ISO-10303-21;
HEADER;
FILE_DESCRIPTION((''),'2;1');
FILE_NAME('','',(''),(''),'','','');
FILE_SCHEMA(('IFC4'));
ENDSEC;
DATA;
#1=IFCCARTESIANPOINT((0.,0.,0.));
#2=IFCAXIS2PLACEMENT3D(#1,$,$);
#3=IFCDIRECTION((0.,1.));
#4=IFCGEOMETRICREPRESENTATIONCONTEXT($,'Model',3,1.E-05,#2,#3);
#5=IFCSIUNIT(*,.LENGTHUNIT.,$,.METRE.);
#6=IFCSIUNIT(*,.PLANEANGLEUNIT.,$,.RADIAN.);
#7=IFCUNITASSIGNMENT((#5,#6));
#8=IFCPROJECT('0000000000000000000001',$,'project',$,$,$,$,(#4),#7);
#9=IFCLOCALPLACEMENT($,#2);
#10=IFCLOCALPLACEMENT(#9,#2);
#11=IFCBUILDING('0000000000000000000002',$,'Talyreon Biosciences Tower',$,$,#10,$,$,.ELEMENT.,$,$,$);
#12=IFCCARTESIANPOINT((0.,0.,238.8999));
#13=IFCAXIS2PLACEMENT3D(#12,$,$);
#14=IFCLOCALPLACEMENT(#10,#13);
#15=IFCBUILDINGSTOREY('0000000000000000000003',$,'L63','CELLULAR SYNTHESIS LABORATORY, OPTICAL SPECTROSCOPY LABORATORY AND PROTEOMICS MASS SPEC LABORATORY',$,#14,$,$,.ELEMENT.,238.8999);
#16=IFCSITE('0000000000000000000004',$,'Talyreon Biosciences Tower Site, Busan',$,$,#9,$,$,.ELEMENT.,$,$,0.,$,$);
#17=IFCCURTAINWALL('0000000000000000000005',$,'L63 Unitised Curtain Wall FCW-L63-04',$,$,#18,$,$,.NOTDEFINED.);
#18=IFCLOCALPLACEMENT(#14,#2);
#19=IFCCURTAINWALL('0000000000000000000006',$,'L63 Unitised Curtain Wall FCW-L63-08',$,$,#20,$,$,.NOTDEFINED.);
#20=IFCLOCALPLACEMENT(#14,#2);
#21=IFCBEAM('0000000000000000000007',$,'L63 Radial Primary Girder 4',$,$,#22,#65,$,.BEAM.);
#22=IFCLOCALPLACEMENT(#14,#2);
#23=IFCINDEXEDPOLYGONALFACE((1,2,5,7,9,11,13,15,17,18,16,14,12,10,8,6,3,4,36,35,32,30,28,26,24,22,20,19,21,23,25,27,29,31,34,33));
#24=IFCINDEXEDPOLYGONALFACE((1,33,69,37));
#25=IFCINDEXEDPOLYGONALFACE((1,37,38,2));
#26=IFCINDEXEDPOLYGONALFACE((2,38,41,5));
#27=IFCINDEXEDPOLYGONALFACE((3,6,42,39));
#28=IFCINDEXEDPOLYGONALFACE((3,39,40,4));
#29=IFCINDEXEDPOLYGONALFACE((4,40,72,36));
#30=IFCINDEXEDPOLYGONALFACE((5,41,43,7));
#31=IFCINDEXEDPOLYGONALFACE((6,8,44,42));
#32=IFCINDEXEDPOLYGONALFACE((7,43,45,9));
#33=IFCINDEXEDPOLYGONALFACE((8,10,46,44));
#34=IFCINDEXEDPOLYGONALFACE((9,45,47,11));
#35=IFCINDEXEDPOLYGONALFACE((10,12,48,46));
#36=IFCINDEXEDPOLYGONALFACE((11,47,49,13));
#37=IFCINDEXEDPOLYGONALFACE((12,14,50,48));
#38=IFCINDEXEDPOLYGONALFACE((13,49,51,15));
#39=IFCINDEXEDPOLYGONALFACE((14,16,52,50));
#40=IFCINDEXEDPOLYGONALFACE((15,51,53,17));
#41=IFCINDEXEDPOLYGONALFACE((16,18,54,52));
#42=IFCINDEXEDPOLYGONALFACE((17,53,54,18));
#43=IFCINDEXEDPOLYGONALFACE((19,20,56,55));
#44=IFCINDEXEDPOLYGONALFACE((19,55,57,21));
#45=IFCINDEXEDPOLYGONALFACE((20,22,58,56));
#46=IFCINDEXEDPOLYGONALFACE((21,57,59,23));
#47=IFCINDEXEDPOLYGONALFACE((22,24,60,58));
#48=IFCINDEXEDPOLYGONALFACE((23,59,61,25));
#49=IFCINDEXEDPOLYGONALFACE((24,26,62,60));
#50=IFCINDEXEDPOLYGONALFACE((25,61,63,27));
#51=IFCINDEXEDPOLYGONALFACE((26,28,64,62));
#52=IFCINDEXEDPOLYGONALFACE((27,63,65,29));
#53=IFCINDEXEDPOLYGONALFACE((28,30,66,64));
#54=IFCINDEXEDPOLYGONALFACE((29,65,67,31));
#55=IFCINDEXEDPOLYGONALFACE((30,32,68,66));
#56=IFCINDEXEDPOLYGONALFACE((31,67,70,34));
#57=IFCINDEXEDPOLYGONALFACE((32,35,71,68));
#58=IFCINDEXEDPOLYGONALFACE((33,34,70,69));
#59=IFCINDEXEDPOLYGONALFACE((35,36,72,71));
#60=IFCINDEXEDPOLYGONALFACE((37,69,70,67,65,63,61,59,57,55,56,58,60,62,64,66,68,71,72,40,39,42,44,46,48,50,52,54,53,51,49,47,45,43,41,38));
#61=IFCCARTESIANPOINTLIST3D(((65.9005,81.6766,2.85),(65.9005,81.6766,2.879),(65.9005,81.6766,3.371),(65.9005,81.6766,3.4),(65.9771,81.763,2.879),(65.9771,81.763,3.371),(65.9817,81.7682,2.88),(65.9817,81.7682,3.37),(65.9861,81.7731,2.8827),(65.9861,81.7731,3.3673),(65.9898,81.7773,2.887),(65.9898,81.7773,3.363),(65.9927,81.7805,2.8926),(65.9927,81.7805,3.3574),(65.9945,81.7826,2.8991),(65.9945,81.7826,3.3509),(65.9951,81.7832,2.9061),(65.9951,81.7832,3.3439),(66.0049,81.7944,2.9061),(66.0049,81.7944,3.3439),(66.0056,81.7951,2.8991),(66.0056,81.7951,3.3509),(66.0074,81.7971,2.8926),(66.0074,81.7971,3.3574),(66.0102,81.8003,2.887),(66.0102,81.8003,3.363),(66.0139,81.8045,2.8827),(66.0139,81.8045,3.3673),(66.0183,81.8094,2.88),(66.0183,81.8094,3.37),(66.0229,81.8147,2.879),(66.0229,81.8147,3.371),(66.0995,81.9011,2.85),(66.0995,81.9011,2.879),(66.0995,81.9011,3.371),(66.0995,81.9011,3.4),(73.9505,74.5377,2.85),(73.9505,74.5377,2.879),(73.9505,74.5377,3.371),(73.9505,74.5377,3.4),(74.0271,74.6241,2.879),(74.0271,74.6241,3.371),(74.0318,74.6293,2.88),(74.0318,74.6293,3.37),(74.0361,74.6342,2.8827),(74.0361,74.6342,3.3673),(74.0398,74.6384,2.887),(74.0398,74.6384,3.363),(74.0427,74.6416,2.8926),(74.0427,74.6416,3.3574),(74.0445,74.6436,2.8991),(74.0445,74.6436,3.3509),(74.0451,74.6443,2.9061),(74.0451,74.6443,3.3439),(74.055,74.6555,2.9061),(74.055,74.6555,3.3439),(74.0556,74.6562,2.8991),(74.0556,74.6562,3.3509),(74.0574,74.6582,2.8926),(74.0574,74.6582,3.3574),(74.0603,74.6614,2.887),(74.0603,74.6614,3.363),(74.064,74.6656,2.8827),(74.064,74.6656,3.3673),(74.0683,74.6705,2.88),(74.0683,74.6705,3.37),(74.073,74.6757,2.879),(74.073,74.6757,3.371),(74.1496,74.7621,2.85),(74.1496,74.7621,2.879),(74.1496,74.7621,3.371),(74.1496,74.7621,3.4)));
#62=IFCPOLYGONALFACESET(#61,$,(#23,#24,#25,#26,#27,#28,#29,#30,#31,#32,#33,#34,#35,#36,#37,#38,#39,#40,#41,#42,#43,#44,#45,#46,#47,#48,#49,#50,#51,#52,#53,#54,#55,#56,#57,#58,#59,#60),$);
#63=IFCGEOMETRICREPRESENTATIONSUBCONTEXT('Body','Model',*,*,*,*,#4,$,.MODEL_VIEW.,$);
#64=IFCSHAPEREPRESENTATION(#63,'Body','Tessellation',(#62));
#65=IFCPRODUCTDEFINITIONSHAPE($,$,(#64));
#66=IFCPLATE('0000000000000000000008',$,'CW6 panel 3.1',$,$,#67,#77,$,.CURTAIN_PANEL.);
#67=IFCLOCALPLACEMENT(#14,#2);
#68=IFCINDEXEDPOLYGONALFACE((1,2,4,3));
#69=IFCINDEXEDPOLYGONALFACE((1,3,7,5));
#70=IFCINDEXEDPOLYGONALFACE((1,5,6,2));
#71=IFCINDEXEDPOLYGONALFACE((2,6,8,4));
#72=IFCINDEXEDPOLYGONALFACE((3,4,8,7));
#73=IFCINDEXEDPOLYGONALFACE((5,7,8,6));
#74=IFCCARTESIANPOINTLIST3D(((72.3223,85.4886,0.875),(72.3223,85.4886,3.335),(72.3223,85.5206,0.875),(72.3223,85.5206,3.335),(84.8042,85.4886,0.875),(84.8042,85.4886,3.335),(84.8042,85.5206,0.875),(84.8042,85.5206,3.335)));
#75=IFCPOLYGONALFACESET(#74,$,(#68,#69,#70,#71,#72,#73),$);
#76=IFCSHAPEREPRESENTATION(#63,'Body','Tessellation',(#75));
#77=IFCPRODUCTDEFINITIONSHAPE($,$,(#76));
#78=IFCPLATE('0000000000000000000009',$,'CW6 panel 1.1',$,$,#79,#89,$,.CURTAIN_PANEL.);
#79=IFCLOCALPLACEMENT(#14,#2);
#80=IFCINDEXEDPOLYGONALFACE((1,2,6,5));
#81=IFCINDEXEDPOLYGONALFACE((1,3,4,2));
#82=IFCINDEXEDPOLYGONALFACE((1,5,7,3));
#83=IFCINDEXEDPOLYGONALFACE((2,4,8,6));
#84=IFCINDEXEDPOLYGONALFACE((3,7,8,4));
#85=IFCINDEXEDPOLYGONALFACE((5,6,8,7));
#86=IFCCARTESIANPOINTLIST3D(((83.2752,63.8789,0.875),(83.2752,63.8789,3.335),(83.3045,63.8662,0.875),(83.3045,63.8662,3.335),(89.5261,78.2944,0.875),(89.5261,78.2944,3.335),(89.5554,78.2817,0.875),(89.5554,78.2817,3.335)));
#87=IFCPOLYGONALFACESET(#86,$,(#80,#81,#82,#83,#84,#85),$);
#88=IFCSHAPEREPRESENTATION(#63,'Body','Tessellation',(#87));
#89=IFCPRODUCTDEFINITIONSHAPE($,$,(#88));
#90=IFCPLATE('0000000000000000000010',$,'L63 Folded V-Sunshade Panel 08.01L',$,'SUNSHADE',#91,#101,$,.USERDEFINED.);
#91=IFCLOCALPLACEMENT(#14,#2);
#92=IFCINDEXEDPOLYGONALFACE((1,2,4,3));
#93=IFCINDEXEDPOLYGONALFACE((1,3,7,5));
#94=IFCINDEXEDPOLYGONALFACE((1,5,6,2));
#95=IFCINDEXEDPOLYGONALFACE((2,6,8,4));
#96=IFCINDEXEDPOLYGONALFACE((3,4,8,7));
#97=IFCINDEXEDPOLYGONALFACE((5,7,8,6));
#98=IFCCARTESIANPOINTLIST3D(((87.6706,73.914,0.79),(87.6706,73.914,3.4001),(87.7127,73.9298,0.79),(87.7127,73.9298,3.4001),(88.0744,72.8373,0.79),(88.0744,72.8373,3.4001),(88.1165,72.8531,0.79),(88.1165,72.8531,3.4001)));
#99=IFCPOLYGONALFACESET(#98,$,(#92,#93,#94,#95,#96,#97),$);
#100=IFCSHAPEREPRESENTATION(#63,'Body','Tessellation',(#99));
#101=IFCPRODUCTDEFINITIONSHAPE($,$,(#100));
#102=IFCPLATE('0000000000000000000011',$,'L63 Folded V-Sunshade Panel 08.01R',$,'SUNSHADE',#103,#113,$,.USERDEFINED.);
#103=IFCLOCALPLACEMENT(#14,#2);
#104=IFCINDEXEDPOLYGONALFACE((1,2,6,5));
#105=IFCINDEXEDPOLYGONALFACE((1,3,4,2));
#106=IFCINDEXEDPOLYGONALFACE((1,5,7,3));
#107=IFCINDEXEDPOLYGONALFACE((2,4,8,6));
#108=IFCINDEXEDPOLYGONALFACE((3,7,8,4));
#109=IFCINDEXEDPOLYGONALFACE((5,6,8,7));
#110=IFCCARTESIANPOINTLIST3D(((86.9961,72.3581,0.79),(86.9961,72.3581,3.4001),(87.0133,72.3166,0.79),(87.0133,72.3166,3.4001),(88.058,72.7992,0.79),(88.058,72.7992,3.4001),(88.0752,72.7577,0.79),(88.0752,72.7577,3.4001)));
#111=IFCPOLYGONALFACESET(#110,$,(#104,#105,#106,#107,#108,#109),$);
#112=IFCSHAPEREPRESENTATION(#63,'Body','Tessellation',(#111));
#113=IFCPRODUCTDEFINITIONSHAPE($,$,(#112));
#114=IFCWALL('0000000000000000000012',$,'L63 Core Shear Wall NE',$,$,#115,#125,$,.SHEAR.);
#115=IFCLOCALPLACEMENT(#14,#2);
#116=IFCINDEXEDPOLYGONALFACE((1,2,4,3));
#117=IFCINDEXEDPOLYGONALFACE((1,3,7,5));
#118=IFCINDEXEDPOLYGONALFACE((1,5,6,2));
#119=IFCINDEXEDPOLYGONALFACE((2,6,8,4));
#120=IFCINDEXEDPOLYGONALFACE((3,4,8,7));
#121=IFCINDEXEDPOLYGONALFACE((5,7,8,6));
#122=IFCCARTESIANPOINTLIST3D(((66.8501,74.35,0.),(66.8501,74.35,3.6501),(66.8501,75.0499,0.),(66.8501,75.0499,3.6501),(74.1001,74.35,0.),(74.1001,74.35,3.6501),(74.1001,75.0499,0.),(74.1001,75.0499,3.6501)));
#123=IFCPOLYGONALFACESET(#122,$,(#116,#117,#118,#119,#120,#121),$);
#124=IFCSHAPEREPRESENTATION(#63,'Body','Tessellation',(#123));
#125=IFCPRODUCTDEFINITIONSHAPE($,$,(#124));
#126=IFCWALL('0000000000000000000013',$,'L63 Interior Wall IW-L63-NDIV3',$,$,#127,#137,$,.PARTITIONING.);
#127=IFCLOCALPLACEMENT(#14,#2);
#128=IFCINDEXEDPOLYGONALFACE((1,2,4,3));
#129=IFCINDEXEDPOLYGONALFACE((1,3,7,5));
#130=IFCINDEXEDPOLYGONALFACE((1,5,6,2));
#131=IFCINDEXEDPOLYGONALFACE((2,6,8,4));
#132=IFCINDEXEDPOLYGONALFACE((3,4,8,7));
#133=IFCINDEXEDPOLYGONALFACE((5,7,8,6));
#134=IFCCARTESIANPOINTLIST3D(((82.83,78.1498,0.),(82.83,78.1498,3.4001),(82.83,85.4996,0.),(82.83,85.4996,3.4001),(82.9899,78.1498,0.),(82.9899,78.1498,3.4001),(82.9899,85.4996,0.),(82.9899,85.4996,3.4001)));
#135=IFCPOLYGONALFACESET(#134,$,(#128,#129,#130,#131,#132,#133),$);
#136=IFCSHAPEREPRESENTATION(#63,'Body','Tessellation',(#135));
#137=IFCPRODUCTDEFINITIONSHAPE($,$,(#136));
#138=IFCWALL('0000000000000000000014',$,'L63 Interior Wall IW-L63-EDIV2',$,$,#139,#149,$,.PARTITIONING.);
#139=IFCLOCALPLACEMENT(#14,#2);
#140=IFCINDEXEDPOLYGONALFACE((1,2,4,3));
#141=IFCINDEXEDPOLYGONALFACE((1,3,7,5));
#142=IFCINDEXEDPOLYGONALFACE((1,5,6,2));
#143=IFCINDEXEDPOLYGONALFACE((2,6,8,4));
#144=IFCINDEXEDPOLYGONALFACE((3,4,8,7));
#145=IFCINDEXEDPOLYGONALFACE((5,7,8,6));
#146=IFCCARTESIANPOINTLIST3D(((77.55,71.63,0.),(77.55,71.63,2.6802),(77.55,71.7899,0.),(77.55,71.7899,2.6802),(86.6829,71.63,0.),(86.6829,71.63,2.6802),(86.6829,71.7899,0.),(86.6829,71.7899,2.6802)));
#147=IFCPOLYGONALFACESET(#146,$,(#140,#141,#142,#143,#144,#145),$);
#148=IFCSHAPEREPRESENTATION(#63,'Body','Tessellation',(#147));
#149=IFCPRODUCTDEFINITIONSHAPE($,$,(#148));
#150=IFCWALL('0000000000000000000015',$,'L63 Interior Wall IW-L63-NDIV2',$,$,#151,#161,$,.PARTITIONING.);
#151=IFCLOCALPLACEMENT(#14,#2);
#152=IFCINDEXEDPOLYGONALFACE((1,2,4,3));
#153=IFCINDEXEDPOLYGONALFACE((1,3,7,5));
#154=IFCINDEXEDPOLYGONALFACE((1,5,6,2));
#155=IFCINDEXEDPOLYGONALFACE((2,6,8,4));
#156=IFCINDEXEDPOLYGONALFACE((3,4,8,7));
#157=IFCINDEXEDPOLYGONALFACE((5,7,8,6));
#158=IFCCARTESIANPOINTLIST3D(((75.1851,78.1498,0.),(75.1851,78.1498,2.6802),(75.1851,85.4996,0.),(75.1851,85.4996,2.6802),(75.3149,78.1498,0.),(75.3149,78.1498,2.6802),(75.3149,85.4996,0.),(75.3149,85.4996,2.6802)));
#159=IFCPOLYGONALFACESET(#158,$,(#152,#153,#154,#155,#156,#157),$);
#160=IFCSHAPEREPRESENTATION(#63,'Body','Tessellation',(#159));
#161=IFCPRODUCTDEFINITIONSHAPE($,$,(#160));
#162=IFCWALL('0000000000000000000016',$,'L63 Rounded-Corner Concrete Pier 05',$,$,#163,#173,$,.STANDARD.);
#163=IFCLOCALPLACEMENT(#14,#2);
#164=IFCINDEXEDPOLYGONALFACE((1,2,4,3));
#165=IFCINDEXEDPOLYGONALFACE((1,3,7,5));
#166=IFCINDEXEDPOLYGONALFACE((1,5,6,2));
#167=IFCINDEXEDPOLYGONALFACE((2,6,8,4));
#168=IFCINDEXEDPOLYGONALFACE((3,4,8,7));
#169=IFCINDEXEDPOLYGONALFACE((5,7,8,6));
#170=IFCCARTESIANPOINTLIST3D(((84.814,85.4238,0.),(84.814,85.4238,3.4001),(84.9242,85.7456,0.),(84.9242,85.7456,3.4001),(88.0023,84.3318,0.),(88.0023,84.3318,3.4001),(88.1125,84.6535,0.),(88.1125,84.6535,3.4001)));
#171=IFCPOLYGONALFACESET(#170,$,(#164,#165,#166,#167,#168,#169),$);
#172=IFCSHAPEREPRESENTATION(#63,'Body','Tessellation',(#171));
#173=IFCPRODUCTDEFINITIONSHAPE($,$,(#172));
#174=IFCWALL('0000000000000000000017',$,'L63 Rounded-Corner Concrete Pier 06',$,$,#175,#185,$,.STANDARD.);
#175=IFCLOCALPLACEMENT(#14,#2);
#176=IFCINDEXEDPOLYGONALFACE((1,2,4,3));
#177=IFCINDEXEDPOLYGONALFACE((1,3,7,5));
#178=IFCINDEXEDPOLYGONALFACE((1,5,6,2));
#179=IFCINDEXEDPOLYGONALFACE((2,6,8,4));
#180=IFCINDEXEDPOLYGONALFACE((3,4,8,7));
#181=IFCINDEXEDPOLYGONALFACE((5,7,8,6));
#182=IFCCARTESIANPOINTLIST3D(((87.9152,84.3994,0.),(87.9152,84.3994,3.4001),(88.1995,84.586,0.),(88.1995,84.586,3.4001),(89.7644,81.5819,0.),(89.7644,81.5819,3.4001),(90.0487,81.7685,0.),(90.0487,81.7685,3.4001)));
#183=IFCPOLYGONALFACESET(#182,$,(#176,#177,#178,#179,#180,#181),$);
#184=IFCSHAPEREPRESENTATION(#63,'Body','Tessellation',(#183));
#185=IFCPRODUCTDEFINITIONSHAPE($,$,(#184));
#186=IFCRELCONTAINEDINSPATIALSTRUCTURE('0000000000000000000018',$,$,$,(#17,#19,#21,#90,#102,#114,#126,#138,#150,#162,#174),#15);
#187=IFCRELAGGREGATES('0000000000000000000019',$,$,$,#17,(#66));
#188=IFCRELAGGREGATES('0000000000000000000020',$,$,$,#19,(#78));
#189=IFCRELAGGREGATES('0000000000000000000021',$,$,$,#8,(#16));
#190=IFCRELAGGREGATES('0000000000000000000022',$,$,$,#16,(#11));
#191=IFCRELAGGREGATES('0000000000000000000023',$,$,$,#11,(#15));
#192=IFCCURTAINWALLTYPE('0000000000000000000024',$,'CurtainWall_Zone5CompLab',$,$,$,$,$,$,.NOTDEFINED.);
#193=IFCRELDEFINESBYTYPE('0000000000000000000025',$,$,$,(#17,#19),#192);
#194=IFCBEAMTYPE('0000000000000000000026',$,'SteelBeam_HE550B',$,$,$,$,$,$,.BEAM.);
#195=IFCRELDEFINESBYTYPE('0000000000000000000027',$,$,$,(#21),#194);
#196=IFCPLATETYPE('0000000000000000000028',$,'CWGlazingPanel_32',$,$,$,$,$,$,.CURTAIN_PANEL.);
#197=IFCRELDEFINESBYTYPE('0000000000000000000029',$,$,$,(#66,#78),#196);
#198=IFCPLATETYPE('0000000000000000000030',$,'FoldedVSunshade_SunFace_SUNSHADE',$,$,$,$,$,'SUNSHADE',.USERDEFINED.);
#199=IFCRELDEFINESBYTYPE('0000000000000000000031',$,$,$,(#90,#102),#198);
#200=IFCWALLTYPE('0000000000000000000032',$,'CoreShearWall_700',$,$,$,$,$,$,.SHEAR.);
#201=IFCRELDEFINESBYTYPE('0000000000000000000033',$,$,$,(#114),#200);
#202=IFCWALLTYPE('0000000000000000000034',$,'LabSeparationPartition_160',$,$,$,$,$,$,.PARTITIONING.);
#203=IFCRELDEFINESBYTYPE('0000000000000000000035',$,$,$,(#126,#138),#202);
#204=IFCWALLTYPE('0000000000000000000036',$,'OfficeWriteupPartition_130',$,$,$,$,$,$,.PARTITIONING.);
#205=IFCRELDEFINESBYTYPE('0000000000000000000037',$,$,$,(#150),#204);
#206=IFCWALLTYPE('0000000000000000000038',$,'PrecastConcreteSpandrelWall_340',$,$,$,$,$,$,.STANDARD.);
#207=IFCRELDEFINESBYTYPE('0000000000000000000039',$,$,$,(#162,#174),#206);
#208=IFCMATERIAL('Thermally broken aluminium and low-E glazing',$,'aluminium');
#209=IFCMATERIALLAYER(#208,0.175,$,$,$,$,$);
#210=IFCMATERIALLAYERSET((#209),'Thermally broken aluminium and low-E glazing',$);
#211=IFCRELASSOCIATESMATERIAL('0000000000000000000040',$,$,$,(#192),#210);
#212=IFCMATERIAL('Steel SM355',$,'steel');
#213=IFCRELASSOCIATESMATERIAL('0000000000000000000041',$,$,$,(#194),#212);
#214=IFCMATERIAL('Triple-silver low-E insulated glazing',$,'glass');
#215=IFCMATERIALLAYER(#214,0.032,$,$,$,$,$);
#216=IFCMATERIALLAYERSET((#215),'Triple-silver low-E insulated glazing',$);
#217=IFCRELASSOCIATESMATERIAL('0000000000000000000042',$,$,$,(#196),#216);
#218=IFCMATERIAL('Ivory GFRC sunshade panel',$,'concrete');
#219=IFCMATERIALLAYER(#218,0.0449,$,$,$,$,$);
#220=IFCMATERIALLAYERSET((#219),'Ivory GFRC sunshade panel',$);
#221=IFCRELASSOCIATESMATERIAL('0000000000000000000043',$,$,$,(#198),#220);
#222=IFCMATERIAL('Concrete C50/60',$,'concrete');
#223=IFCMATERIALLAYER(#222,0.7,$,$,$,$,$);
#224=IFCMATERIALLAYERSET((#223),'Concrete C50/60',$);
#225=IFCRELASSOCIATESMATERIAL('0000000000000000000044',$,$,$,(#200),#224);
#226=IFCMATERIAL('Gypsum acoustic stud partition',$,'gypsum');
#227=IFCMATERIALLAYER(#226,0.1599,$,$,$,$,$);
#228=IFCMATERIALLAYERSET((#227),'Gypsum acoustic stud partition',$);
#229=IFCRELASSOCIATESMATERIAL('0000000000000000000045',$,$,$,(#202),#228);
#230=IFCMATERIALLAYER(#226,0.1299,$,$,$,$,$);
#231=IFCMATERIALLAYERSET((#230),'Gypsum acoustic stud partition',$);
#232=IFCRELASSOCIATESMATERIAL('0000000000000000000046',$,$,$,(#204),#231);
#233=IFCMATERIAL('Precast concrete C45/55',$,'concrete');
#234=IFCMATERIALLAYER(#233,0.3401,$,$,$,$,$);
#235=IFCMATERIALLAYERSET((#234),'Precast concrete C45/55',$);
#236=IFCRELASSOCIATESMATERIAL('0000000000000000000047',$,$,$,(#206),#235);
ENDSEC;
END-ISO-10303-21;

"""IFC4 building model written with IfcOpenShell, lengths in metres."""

from ifc_helpers import new_model, si_unit, direction, frame, frame_2d, origin, origin_2d, place, context, subcontext, project, spatial, rectangle, i_section, extrude, material, layer, layer_set, material_profile, profile_set, type_object, element, aggregate, save


model = new_model("IFC4")

# Units and contexts
model_context = context("Model", 3, precision=1e-05, world=origin(), true_north=direction((0.0, 1.0)))
body_context = subcontext(model_context, "Body", "Model", "MODEL_VIEW")
ifc_project = project(units=[si_unit("LENGTHUNIT", "METRE"), si_unit("PLANEANGLEUNIT", "RADIAN")], contexts=[model_context])

# Site, building, storey
site_placement = place(None, origin())
site = spatial("IfcSite", under=ifc_project, at=site_placement, Name="Talyreon Biosciences Tower Site, Busan", CompositionType="ELEMENT", RefElevation=0.0)
building_placement = place(site_placement, origin())
building = spatial("IfcBuilding", under=site, at=building_placement, Name="Talyreon Biosciences Tower", CompositionType="ELEMENT")
storey_placement = place(building_placement, frame((0.0, 0.0, 238.8999)))
storey = spatial("IfcBuildingStorey", under=building, at=storey_placement, Name="L63", Description="CELLULAR SYNTHESIS LABORATORY, OPTICAL SPECTROSCOPY LABORATORY AND PROTEOMICS MASS SPEC LABORATORY", CompositionType="ELEMENT", Elevation=238.8999)

# Shared definitions
ifc_material_1 = material(Name="Concrete C50/60", Category="concrete")

# Curtain wall
ifc_material_2 = material(Name="Thermally broken aluminium and low-E glazing", Category="aluminium")
ifc_layer_1 = layer(ifc_material_2, 0.175)
ifc_layer_set_1 = layer_set([ifc_layer_1], Name="Thermally broken aluminium and low-E glazing")
curtain_wall_type = type_object("IfcCurtainWallType", Name="CurtainWall_Zone5CompLab", PredefinedType="NOTDEFINED", material=ifc_layer_set_1)
curtain_wall_1_placement = place(storey_placement, origin())
curtain_wall_1 = element("IfcCurtainWall", 1, at=curtain_wall_1_placement, inside=storey, type_object=curtain_wall_type, Name="L63 Unitised Curtain Wall FCW-L63-04", PredefinedType="NOTDEFINED")

# Curtain wall
curtain_wall_2_placement = place(storey_placement, origin())
curtain_wall_2 = element("IfcCurtainWall", 2, at=curtain_wall_2_placement, inside=storey, type_object=curtain_wall_type, Name="L63 Unitised Curtain Wall FCW-L63-08", PredefinedType="NOTDEFINED")

# Beam
ifc_material_3 = material(Name="Precast concrete C45/55", Category="concrete")
ifc_material_4 = material(Name="Steel SM355", Category="steel")
ifc_material_profile_1 = material_profile(ifc_material_4, i_section(OverallWidth=0.3, OverallDepth=0.55, WebThickness=0.0149, FlangeThickness=0.0291, FilletRadius=0.0271, at=origin_2d()), Name="HE550B")
ifc_profile_set_1 = profile_set([ifc_material_profile_1], Name="Steel SM355")
beam_type_1 = type_object("IfcBeamType", Name="SteelBeam_HE550B", PredefinedType="BEAM", material=ifc_profile_set_1)
beam_1_placement = place(storey_placement, frame((74.05, 74.6499, 3.125), z_axis=(-0.748179, 0.663497, 0.0), x_axis=(-0.663497, -0.748179, 0.0)))
element("IfcBeam", 3, at=beam_1_placement, inside=storey, type_object=beam_type_1, Name="L63 Radial Primary Girder 4", PredefinedType="BEAM", context=body_context, shape_type="SweptSolid", body=[
    extrude(i_section(OverallWidth=0.3, OverallDepth=0.55, WebThickness=0.0149, FlangeThickness=0.0291, FilletRadius=0.0271, at=origin_2d()), origin(), (0.0, 0.0, 1.0), 10.7595),
])

# Plates
ifc_material_5 = material(Name="Triple-silver low-E insulated glazing", Category="glass")
ifc_layer_2 = layer(ifc_material_5, 0.032)
ifc_layer_set_2 = layer_set([ifc_layer_2], Name="Triple-silver low-E insulated glazing")
plate_type_1 = type_object("IfcPlateType", Name="CWGlazingPanel_32", PredefinedType="CURTAIN_PANEL", material=ifc_layer_set_2)
plate_1_placement = place(storey_placement, frame((78.5632, 85.5046, 0.875), z_axis=(0.0, 0.0, 1.0), x_axis=(1.0, 0.0, 0.0)))
plate_1 = element("IfcPlate", 4, at=plate_1_placement, type_object=plate_type_1, Name="CW6 panel 3.1", PredefinedType="CURTAIN_PANEL", context=body_context, shape_type="SweptSolid", body=[
    extrude(rectangle(XDim=12.4819, YDim=0.032, at=origin_2d()), origin(), (0.0, 0.0, 1.0), 2.46),
])
aggregate(curtain_wall_1, [plate_1])
plate_2_placement = place(storey_placement, frame((86.4153, 71.0803, 0.875), z_axis=(0.0, 0.0, 1.0), x_axis=(-0.397832, -0.917458, 0.0)))
plate_2 = element("IfcPlate", 5, at=plate_2_placement, type_object=plate_type_1, Name="CW6 panel 1.1", PredefinedType="CURTAIN_PANEL", context=body_context, shape_type="SweptSolid", body=[
    extrude(rectangle(XDim=15.7124, YDim=0.032, at=origin_2d()), origin(), (0.0, 0.0, 1.0), 2.46),
])
aggregate(curtain_wall_2, [plate_2])

# Plates
ifc_material_6 = material(Name="Ivory GFRC sunshade panel", Category="concrete")
ifc_layer_3 = layer(ifc_material_6, 0.0449)
ifc_layer_set_3 = layer_set([ifc_layer_3], Name="Ivory GFRC sunshade panel")
plate_type_2 = type_object("IfcPlateType", Name="FoldedVSunshade_SunFace_SUNSHADE", ElementType="SUNSHADE", PredefinedType="USERDEFINED", material=ifc_layer_set_3)
for number, where, z_axis, x_axis, name in (
    (6, (87.8936, 73.3835, 0.79), (0.0, 0.0, 1.0), (0.351139, -0.936323, 0.0), "L63 Folded V-Sunshade Panel 08.01L"),
    (7, (87.5356, 72.5579, 0.79), (0.0, 0.0, 1.0), (-0.923498, -0.383602, 0.0), "L63 Folded V-Sunshade Panel 08.01R"),
):
    element("IfcPlate", number, at=place(storey_placement, frame(where, z_axis=z_axis, x_axis=x_axis)), inside=storey, type_object=plate_type_2, Name=name, ObjectType="SUNSHADE", PredefinedType="USERDEFINED", context=body_context, shape_type="SweptSolid", body=[
        extrude(rectangle(XDim=1.1499, YDim=0.0449, at=origin_2d()), origin(), (0.0, 0.0, 1.0), 2.6101),
    ])

# Walls
ifc_layer_4 = layer(ifc_material_1, 0.7)
ifc_layer_set_4 = layer_set([ifc_layer_4], Name="Concrete C50/60")
wall_type_1 = type_object("IfcWallType", Name="CoreShearWall_700", PredefinedType="SHEAR", material=ifc_layer_set_4)
wall_1_placement = place(storey_placement, frame((74.1001, 74.7, 0.0), z_axis=(0.0, 0.0, 1.0), x_axis=(-1.0, 0.0, 0.0)))
element("IfcWall", 8, at=wall_1_placement, inside=storey, type_object=wall_type_1, Name="L63 Core Shear Wall NE", PredefinedType="SHEAR", context=body_context, shape_type="SweptSolid", body=[
    extrude(rectangle(XDim=7.25, YDim=0.7, at=frame_2d((3.625, 0.0))), origin(), (0.0, 0.0, 1.0), 3.6501),
])
ifc_material_7 = material(Name="Gypsum acoustic stud partition", Category="gypsum")
ifc_layer_5 = layer(ifc_material_7, 0.1599)
ifc_layer_set_5 = layer_set([ifc_layer_5], Name="Gypsum acoustic stud partition")
wall_type_2 = type_object("IfcWallType", Name="LabSeparationPartition_160", PredefinedType="PARTITIONING", material=ifc_layer_set_5)
wall_2_placement = place(storey_placement, frame((82.9099, 78.1499, 0.0), z_axis=(0.0, 0.0, 1.0), x_axis=(0.0, 1.0, 0.0)))
element("IfcWall", 9, at=wall_2_placement, inside=storey, type_object=wall_type_2, Name="L63 Interior Wall IW-L63-NDIV3", PredefinedType="PARTITIONING", context=body_context, shape_type="SweptSolid", body=[
    extrude(rectangle(XDim=7.3499, YDim=0.1599, at=frame_2d((3.6748, 0.0))), origin(), (0.0, 0.0, 1.0), 3.4001),
])
wall_3_placement = place(storey_placement, frame((77.55, 71.71, 0.0), z_axis=(0.0, 0.0, 1.0), x_axis=(1.0, 0.0, 0.0)))
element("IfcWall", 10, at=wall_3_placement, inside=storey, type_object=wall_type_2, Name="L63 Interior Wall IW-L63-EDIV2", PredefinedType="PARTITIONING", context=body_context, shape_type="SweptSolid", body=[
    extrude(rectangle(XDim=9.1328, YDim=0.1599, at=frame_2d((4.5664, 0.0))), origin(), (0.0, 0.0, 1.0), 2.6802),
])
ifc_layer_6 = layer(ifc_material_7, 0.1299)
ifc_layer_set_6 = layer_set([ifc_layer_6], Name="Gypsum acoustic stud partition")
wall_type_3 = type_object("IfcWallType", Name="OfficeWriteupPartition_130", PredefinedType="PARTITIONING", material=ifc_layer_set_6)
wall_4_placement = place(storey_placement, frame((75.25, 78.1499, 0.0), z_axis=(0.0, 0.0, 1.0), x_axis=(0.0, 1.0, 0.0)))
element("IfcWall", 11, at=wall_4_placement, inside=storey, type_object=wall_type_3, Name="L63 Interior Wall IW-L63-NDIV2", PredefinedType="PARTITIONING", context=body_context, shape_type="SweptSolid", body=[
    extrude(rectangle(XDim=7.3499, YDim=0.1299, at=frame_2d((3.6748, 0.0))), origin(), (0.0, 0.0, 1.0), 2.6802),
])
ifc_layer_7 = layer(ifc_material_3, 0.3401)
ifc_layer_set_7 = layer_set([ifc_layer_7], Name="Precast concrete C45/55")
wall_type_4 = type_object("IfcWallType", Name="PrecastConcreteSpandrelWall_340", PredefinedType="STANDARD", material=ifc_layer_set_7)
for number, where, z_axis, x_axis, name in (
    (12, (84.8691, 85.5847, 0.0), (0.0, 0.0, 1.0), (0.946043, -0.324041, 0.0), "L63 Rounded-Corner Concrete Pier 05"),
    (13, (88.0574, 84.4927, 0.0), (0.0, 0.0, 1.0), (0.548701, -0.836019, 0.0), "L63 Rounded-Corner Concrete Pier 06"),
):
    element("IfcWall", number, at=place(storey_placement, frame(where, z_axis=z_axis, x_axis=x_axis)), inside=storey, type_object=wall_type_4, Name=name, PredefinedType="STANDARD", context=body_context, shape_type="SweptSolid", body=[
        extrude(rectangle(XDim=3.3701, YDim=0.3401, at=frame_2d((1.6851, 0.0))), origin(), (0.0, 0.0, 1.0), 3.4001),
    ])

save(model, "model.ifc")
